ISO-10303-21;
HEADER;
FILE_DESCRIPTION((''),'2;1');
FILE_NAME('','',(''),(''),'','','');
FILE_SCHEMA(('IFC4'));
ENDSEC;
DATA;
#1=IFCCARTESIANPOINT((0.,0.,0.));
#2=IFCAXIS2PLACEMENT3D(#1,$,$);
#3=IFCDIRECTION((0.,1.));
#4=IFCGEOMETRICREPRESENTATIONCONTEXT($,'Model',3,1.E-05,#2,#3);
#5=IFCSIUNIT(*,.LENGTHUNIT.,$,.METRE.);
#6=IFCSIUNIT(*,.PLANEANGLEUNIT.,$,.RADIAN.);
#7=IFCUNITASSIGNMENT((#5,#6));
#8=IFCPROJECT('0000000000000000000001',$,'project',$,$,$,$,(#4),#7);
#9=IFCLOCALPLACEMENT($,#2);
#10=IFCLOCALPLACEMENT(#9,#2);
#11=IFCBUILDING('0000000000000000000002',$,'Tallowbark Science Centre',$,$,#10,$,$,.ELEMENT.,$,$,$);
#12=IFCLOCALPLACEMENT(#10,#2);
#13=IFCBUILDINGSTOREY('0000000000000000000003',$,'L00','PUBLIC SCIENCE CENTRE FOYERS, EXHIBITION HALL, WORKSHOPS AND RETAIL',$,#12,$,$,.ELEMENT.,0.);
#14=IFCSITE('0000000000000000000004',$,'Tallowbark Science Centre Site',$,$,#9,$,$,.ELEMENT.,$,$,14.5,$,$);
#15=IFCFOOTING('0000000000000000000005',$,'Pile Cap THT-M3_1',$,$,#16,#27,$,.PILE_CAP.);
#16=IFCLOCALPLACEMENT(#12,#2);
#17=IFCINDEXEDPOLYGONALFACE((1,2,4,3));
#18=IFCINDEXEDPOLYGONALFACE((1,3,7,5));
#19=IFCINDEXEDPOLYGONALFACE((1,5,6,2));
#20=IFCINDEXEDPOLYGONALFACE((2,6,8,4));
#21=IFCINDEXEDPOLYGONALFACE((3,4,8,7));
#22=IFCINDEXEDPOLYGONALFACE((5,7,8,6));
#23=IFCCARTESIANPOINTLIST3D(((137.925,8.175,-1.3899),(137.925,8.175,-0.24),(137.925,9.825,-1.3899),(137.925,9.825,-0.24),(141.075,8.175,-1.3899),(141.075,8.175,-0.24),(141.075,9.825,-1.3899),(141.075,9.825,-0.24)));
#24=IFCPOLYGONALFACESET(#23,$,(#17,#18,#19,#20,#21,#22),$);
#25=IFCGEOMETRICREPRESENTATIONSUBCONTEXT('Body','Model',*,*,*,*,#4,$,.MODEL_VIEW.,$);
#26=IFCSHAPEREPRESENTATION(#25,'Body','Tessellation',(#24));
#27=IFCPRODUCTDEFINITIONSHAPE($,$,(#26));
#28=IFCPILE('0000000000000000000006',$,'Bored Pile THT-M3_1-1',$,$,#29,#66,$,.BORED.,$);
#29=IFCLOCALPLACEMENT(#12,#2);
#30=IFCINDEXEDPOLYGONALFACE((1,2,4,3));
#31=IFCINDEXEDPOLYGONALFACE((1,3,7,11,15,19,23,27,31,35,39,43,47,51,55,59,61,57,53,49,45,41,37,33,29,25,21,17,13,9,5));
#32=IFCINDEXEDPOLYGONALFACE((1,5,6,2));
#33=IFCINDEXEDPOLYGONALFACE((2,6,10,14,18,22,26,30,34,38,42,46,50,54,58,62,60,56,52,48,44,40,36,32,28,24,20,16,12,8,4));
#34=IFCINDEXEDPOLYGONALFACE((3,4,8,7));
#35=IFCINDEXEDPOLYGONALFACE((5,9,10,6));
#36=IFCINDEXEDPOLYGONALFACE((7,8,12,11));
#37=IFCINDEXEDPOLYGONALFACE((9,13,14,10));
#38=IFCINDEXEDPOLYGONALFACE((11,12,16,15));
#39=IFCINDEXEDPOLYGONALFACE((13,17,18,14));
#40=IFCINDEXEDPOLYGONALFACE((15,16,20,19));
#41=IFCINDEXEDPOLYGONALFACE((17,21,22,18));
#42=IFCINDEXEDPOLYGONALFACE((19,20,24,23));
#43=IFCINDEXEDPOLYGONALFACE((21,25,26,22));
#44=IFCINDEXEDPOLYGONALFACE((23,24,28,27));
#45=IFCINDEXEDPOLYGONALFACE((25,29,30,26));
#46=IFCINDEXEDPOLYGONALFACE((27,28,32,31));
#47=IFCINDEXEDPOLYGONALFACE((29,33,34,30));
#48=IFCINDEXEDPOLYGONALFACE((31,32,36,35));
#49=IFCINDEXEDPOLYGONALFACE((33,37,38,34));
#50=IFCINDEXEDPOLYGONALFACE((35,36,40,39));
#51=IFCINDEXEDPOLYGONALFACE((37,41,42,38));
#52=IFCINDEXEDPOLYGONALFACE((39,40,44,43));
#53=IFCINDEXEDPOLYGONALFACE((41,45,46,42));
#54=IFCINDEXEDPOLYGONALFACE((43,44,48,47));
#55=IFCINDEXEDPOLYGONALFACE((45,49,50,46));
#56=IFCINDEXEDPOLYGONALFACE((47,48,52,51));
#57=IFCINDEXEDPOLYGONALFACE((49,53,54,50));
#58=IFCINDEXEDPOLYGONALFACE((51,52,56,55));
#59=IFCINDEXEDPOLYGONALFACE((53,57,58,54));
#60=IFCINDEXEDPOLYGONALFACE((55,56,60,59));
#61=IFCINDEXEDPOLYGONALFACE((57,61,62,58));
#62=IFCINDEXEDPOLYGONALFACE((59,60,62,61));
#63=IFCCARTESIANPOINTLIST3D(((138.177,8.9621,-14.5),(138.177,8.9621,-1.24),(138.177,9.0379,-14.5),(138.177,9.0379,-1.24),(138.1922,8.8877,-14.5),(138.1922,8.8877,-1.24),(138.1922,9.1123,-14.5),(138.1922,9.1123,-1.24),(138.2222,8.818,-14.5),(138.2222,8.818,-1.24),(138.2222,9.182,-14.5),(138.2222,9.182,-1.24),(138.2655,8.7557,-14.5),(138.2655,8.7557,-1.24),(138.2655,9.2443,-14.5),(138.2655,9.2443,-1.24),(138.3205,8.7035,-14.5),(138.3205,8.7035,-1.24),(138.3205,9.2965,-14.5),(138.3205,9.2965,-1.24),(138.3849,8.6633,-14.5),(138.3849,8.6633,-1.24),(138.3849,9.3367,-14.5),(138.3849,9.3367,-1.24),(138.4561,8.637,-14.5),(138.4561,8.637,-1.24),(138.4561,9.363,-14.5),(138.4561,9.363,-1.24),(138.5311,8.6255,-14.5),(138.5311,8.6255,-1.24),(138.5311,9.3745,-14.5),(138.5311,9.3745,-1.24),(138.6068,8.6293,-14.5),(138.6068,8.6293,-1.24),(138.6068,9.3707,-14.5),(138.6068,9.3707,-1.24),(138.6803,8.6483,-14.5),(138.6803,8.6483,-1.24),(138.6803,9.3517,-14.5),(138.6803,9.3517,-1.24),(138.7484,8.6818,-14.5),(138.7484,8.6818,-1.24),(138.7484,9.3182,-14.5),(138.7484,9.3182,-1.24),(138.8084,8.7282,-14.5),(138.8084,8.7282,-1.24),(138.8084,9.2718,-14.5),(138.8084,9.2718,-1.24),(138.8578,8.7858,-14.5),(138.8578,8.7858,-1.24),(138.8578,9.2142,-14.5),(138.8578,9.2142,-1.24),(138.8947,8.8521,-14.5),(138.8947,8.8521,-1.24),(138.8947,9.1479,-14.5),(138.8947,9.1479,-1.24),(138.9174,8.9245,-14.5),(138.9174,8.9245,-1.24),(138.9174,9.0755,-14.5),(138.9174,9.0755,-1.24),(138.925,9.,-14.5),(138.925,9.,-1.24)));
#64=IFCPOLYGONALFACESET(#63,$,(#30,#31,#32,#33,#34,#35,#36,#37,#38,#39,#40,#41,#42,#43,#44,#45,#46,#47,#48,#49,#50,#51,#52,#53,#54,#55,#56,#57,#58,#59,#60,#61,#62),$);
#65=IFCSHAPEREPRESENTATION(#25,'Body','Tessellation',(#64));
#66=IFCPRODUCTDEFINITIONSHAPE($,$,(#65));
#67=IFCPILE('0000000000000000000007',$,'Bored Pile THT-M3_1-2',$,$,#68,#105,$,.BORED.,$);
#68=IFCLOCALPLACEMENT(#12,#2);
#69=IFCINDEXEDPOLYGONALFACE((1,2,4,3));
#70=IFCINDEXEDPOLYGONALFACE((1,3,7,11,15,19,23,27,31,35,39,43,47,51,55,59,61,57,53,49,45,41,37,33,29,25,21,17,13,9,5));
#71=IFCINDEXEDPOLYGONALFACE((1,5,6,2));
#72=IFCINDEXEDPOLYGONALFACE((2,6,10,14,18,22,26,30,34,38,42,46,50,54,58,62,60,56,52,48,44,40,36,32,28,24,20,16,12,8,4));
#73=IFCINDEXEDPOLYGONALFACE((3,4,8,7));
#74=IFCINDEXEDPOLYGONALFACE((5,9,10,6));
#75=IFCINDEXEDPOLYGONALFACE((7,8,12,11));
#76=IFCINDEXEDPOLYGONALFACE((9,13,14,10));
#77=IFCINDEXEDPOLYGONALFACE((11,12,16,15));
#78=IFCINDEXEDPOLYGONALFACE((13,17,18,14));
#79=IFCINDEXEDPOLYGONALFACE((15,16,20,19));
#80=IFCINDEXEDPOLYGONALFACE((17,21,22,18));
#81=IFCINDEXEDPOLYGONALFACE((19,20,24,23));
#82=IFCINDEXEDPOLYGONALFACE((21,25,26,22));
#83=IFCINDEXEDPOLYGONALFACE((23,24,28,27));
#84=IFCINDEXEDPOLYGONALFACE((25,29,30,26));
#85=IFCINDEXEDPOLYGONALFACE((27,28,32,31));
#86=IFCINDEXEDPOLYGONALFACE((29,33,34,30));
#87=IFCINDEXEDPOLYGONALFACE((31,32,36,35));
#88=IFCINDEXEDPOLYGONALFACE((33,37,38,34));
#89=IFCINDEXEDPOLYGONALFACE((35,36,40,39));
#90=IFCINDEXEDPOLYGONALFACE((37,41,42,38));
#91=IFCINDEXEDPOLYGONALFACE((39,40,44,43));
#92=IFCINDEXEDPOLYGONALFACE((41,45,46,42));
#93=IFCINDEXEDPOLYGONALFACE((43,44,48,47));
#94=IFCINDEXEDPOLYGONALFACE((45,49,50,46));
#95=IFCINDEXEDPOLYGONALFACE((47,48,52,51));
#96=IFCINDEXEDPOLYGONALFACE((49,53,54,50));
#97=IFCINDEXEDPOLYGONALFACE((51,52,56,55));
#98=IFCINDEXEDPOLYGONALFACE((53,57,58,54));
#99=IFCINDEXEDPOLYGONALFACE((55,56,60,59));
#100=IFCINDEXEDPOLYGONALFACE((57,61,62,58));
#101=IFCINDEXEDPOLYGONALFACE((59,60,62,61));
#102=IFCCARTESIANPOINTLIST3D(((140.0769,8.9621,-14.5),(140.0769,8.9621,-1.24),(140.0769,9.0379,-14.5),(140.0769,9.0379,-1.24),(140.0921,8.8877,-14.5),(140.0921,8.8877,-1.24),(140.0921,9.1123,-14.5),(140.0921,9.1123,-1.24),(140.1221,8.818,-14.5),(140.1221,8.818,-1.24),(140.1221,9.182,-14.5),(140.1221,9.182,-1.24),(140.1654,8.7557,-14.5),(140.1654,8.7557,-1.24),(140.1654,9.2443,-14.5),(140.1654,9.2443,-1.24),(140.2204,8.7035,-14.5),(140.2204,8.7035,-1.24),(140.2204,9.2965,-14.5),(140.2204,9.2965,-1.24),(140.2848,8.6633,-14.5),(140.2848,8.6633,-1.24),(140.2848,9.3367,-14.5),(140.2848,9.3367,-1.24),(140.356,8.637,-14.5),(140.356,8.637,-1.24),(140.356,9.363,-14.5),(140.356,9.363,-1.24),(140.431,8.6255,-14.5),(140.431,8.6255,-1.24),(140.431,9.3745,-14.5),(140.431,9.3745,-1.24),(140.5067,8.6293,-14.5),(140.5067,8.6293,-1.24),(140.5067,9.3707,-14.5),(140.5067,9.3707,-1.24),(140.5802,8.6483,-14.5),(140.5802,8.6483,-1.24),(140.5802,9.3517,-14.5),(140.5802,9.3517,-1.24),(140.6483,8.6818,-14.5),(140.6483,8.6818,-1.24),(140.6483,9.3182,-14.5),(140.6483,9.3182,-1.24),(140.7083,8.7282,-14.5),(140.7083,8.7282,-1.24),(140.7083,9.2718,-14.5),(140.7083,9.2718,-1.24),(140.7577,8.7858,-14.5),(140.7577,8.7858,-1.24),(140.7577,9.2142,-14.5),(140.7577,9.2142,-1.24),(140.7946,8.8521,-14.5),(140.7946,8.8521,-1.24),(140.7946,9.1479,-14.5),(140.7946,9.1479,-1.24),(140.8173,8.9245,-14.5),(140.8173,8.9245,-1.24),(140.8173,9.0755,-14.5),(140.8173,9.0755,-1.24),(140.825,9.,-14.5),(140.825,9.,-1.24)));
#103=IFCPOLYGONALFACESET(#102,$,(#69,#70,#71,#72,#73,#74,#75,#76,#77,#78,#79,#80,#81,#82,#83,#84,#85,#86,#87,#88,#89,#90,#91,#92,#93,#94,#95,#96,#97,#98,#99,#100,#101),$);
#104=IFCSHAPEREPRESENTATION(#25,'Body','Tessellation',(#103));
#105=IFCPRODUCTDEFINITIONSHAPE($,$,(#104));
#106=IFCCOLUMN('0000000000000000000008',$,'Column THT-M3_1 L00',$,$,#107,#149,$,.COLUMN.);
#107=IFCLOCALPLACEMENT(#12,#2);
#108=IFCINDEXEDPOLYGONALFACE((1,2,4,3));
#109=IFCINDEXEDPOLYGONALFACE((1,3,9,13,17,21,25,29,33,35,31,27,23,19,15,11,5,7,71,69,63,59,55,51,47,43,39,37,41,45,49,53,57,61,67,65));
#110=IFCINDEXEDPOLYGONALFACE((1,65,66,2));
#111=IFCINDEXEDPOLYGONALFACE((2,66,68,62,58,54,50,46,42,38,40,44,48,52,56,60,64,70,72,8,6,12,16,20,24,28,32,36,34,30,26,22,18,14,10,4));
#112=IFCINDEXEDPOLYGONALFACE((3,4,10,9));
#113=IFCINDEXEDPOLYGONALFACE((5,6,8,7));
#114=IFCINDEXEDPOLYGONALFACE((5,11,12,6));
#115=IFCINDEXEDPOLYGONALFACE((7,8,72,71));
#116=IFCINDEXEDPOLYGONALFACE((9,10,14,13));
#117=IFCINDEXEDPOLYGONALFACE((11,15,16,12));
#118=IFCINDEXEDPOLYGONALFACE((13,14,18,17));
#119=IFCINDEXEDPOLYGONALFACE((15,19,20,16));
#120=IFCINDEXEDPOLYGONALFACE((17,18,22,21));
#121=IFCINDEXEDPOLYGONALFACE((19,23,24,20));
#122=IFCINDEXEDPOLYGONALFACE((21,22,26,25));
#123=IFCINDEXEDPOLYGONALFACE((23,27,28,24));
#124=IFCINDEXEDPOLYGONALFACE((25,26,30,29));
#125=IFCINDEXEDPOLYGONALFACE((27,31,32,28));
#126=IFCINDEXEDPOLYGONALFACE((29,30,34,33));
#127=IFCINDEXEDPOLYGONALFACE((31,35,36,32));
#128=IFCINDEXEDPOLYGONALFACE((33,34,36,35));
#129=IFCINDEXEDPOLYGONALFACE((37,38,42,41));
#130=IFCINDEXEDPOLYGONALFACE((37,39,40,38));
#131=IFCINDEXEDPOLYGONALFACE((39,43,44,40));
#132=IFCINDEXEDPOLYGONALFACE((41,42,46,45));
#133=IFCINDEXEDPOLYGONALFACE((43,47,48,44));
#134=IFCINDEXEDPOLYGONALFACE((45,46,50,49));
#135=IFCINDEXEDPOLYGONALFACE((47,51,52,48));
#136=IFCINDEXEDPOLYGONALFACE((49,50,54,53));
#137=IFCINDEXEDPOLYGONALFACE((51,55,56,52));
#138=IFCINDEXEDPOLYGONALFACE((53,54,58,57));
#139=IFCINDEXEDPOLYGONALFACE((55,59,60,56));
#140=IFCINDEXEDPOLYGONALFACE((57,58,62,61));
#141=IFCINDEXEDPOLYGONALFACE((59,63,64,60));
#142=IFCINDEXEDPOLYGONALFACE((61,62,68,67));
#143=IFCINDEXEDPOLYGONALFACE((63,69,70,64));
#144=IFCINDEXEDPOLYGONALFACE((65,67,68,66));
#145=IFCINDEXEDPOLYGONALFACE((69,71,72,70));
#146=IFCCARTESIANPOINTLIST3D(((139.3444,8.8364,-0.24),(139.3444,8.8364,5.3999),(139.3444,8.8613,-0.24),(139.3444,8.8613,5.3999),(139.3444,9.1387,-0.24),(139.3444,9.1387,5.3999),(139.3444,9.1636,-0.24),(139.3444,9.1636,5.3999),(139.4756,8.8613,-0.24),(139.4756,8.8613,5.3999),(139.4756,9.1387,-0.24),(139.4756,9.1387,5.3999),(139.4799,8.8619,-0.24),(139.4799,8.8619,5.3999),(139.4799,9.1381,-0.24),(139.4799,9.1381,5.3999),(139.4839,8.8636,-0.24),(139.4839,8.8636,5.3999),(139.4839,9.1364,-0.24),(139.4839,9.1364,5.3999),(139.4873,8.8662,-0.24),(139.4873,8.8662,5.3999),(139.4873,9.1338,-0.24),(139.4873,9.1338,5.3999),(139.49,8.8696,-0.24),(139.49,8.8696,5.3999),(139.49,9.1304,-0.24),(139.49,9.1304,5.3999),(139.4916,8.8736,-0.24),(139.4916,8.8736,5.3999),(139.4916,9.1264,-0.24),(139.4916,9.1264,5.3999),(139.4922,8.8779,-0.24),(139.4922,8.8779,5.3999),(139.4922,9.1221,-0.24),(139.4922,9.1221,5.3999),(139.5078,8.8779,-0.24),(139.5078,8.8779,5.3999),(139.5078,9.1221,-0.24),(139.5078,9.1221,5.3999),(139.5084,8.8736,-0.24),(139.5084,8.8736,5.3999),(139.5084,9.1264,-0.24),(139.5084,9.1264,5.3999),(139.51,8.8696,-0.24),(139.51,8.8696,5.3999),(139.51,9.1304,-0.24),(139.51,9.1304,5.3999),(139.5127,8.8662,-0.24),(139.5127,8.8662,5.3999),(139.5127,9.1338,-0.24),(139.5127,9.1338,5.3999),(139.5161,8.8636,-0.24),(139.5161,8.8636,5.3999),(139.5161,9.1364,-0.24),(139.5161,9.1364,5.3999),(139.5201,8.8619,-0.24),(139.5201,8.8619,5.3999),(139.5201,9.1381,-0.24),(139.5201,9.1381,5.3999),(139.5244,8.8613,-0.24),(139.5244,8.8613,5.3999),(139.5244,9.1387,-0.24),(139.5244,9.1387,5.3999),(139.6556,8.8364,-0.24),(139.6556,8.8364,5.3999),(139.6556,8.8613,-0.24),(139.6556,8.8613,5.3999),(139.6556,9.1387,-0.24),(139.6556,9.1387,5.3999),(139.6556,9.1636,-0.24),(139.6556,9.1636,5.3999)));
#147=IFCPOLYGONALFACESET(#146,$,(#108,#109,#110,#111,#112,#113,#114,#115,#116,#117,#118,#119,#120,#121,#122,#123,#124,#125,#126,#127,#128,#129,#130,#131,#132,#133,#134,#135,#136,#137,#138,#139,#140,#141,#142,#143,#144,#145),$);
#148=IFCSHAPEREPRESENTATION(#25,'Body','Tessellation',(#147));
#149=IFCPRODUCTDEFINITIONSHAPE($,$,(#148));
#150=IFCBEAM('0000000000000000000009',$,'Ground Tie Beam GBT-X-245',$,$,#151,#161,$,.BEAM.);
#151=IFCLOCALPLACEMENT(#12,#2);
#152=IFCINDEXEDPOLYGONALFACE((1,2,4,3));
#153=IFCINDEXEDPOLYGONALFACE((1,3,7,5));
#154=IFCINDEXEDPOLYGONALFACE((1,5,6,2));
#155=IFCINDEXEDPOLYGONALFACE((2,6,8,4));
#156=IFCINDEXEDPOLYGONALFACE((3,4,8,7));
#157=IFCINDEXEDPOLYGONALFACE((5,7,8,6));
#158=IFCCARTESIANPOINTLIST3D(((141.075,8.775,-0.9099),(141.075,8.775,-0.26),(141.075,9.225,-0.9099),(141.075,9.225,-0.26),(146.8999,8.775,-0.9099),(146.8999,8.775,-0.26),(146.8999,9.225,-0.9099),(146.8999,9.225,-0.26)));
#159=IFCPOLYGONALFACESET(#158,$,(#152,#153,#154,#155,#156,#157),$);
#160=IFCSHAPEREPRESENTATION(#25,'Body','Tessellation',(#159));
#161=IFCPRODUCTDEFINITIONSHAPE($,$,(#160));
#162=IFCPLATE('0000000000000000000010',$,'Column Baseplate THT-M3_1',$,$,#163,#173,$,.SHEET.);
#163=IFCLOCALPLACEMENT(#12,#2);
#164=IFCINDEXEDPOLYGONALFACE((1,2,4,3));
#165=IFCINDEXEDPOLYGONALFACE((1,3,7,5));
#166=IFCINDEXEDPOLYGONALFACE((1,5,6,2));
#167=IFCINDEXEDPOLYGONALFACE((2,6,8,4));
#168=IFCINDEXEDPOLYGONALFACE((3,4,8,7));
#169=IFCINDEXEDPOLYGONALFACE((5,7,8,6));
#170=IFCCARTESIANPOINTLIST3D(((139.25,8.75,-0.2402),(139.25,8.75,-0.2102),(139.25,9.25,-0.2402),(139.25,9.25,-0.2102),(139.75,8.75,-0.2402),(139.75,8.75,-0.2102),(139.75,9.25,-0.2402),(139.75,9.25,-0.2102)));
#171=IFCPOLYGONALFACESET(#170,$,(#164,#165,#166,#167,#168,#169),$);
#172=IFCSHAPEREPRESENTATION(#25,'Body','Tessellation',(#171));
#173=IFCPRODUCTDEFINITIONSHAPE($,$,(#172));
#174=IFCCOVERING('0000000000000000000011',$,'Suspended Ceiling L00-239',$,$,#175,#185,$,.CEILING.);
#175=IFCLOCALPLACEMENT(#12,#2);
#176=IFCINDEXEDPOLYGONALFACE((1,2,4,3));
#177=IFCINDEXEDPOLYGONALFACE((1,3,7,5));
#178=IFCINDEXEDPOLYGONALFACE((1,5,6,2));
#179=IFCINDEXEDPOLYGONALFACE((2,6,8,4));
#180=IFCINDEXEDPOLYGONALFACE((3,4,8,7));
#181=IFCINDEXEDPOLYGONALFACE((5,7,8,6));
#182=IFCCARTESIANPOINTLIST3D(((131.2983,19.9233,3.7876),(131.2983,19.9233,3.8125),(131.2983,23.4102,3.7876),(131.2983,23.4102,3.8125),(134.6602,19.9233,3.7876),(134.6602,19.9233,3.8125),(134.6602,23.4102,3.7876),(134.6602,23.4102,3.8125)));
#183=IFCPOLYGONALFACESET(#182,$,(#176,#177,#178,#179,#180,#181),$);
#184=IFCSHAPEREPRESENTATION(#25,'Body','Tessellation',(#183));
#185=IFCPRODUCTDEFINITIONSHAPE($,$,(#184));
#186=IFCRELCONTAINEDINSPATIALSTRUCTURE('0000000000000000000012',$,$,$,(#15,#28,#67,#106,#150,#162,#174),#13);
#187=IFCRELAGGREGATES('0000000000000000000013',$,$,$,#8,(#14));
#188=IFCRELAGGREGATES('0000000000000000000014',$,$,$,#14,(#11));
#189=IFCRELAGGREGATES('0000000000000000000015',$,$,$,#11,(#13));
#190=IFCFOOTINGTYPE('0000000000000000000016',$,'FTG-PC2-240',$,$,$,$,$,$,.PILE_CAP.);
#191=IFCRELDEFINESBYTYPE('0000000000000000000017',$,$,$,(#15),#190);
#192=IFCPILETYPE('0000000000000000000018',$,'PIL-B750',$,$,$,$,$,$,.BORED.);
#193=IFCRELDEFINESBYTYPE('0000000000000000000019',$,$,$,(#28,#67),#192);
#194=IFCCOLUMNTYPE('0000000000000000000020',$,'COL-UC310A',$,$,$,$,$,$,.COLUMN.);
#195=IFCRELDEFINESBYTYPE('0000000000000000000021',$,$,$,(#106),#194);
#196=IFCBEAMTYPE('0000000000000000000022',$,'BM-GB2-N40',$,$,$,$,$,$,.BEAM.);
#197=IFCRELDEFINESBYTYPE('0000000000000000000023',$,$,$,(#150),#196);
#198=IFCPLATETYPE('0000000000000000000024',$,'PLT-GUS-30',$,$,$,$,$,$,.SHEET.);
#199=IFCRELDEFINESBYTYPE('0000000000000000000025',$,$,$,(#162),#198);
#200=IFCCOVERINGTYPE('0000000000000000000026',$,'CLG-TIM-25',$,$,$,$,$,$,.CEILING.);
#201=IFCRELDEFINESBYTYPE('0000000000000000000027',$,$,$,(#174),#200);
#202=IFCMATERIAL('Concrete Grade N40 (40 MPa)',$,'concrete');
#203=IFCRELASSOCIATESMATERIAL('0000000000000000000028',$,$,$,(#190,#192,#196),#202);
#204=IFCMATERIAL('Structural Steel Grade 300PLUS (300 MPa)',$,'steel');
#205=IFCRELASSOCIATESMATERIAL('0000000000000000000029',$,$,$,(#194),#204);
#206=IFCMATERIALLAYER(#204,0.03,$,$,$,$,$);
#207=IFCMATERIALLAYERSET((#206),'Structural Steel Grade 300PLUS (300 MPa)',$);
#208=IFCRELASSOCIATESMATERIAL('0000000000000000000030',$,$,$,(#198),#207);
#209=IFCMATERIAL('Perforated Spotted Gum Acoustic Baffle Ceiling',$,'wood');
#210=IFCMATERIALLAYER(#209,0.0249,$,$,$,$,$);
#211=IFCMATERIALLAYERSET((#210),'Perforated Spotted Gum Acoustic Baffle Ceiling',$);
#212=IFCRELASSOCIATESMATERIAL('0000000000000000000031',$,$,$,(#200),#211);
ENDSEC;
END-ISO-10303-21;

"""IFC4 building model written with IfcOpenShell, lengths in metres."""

from ifc_helpers import new_model, si_unit, direction, frame, origin, origin_2d, place, context, subcontext, project, spatial, rectangle, circle, i_section, extrude, material, layer, layer_set, material_profile, profile_set, type_object, element, save


model = new_model("IFC4")

# Units and contexts
model_context = context("Model", 3, precision=1e-05, world=origin(), true_north=direction((0.0, 1.0)))
body_context = subcontext(model_context, "Body", "Model", "MODEL_VIEW")
ifc_project = project(units=[si_unit("LENGTHUNIT", "METRE"), si_unit("PLANEANGLEUNIT", "RADIAN")], contexts=[model_context])

# Site, building, storey
site_placement = place(None, origin())
site = spatial("IfcSite", under=ifc_project, at=site_placement, Name="Tallowbark Science Centre Site", CompositionType="ELEMENT", RefElevation=14.5)
building_placement = place(site_placement, origin())
building = spatial("IfcBuilding", under=site, at=building_placement, Name="Tallowbark Science Centre", CompositionType="ELEMENT")
storey_placement = place(building_placement, origin())
storey = spatial("IfcBuildingStorey", under=building, at=storey_placement, Name="L00", Description="PUBLIC SCIENCE CENTRE FOYERS, EXHIBITION HALL, WORKSHOPS AND RETAIL", CompositionType="ELEMENT", Elevation=0.0)

# Footing
ifc_material_1 = material(Name="Concrete Grade N40 (40 MPa)", Category="concrete")
footing_type = type_object("IfcFootingType", Name="FTG-PC2-240", PredefinedType="PILE_CAP", material=ifc_material_1)
footing_placement = place(storey_placement, frame((139.5, 9.0, -1.3899), z_axis=(0.0, 0.0, 1.0), x_axis=(1.0, 0.0, 0.0)))
element("IfcFooting", 1, at=footing_placement, inside=storey, type_object=footing_type, Name="Pile Cap THT-M3_1", PredefinedType="PILE_CAP", context=body_context, shape_type="SweptSolid", body=[
    extrude(rectangle(XDim=3.1499, YDim=1.6499, at=origin_2d()), origin(), (0.0, 0.0, 1.0), 1.1499),
])

# Piles
ifc_material_profile_1 = material_profile(ifc_material_1, circle(Radius=0.375, at=origin_2d()), Name="PILE750")
ifc_profile_set_1 = profile_set([ifc_material_profile_1], Name="Concrete Grade N40 (40 MPa)")
pile_type = type_object("IfcPileType", Name="PIL-B750", PredefinedType="BORED", material=ifc_profile_set_1)
for number, where, z_axis, x_axis, name in (
    (2, (138.55, 9.0, -1.24), (0.0, 0.0, -1.0), (1.0, 0.0, 0.0), "Bored Pile THT-M3_1-1"),
    (3, (140.45, 9.0, -1.24), (0.0, 0.0, -1.0), (1.0, 0.0, 0.0), "Bored Pile THT-M3_1-2"),
):
    element("IfcPile", number, at=place(storey_placement, frame(where, z_axis=z_axis, x_axis=x_axis)), inside=storey, type_object=pile_type, Name=name, PredefinedType="BORED", context=body_context, shape_type="SweptSolid", body=[
        extrude(circle(Radius=0.375, at=origin_2d()), origin(), (0.0, 0.0, 1.0), 13.26),
    ])

# Column
ifc_material_2 = material(Name="Structural Steel Grade 300PLUS (300 MPa)", Category="steel")
ifc_material_profile_2 = material_profile(ifc_material_2, i_section(OverallWidth=0.3113, OverallDepth=0.3271, WebThickness=0.0156, FlangeThickness=0.0249, FilletRadius=0.0166, at=origin_2d()), Name="310UC158")
ifc_profile_set_2 = profile_set([ifc_material_profile_2], Name="Structural Steel Grade 300PLUS (300 MPa)")
column_type = type_object("IfcColumnType", Name="COL-UC310A", PredefinedType="COLUMN", material=ifc_profile_set_2)
column_placement = place(storey_placement, frame((139.5, 9.0, -0.24), z_axis=(0.0, 0.0, 1.0), x_axis=(1.0, 0.0, 0.0)))
element("IfcColumn", 4, at=column_placement, inside=storey, type_object=column_type, Name="Column THT-M3_1 L00", PredefinedType="COLUMN", context=body_context, shape_type="SweptSolid", body=[
    extrude(i_section(OverallWidth=0.3113, OverallDepth=0.3271, WebThickness=0.0156, FlangeThickness=0.0249, FilletRadius=0.0166, at=origin_2d()), origin(), (0.0, 0.0, 1.0), 5.6399),
])

# Beam
ifc_material_profile_3 = material_profile(ifc_material_1, rectangle(XDim=0.45, YDim=0.6499, at=origin_2d()), Name="RC450x650")
ifc_profile_set_3 = profile_set([ifc_material_profile_3], Name="Concrete Grade N40 (40 MPa)")
beam_type = type_object("IfcBeamType", Name="BM-GB2-N40", PredefinedType="BEAM", material=ifc_profile_set_3)
beam_placement = place(storey_placement, frame((141.075, 9.0, -0.585), z_axis=(1.0, 0.0, 0.0), x_axis=(0.0, 1.0, 0.0)))
element("IfcBeam", 5, at=beam_placement, inside=storey, type_object=beam_type, Name="Ground Tie Beam GBT-X-245", PredefinedType="BEAM", context=body_context, shape_type="SweptSolid", body=[
    extrude(rectangle(XDim=0.45, YDim=0.6499, at=origin_2d()), origin(), (0.0, 0.0, 1.0), 5.825),
])

# Plate
ifc_layer_1 = layer(ifc_material_2, 0.03)
ifc_layer_set_1 = layer_set([ifc_layer_1], Name="Structural Steel Grade 300PLUS (300 MPa)")
plate_type = type_object("IfcPlateType", Name="PLT-GUS-30", PredefinedType="SHEET", material=ifc_layer_set_1)
plate_placement = place(storey_placement, frame((139.5, 9.0, -0.2402), z_axis=(0.0, 0.0, 1.0), x_axis=(1.0, 0.0, 0.0)))
element("IfcPlate", 6, at=plate_placement, inside=storey, type_object=plate_type, Name="Column Baseplate THT-M3_1", PredefinedType="SHEET", context=body_context, shape_type="SweptSolid", body=[
    extrude(rectangle(XDim=0.5, YDim=0.5, at=origin_2d()), origin(), (0.0, 0.0, 1.0), 0.03),
])

# Covering
ifc_material_3 = material(Name="Perforated Spotted Gum Acoustic Baffle Ceiling", Category="wood")
ifc_layer_2 = layer(ifc_material_3, 0.0249)
ifc_layer_set_2 = layer_set([ifc_layer_2], Name="Perforated Spotted Gum Acoustic Baffle Ceiling")
covering_type_1 = type_object("IfcCoveringType", Name="CLG-TIM-25", PredefinedType="CEILING", material=ifc_layer_set_2)
for number, where, z_axis, x_axis, name in (
    (7, (132.9792, 21.6667, 3.7876), (0.0, 0.0, 1.0), (1.0, 0.0, 0.0), "Suspended Ceiling L00-239"),
):
    element("IfcCovering", number, at=place(storey_placement, frame(where, z_axis=z_axis, x_axis=x_axis)), inside=storey, type_object=covering_type_1, Name=name, PredefinedType="CEILING", context=body_context, shape_type="SweptSolid", body=[
        extrude(rectangle(XDim=3.3618, YDim=3.4868, at=origin_2d()), origin(), (0.0, 0.0, 1.0), 0.0249),
    ])

save(model, "model.ifc")
